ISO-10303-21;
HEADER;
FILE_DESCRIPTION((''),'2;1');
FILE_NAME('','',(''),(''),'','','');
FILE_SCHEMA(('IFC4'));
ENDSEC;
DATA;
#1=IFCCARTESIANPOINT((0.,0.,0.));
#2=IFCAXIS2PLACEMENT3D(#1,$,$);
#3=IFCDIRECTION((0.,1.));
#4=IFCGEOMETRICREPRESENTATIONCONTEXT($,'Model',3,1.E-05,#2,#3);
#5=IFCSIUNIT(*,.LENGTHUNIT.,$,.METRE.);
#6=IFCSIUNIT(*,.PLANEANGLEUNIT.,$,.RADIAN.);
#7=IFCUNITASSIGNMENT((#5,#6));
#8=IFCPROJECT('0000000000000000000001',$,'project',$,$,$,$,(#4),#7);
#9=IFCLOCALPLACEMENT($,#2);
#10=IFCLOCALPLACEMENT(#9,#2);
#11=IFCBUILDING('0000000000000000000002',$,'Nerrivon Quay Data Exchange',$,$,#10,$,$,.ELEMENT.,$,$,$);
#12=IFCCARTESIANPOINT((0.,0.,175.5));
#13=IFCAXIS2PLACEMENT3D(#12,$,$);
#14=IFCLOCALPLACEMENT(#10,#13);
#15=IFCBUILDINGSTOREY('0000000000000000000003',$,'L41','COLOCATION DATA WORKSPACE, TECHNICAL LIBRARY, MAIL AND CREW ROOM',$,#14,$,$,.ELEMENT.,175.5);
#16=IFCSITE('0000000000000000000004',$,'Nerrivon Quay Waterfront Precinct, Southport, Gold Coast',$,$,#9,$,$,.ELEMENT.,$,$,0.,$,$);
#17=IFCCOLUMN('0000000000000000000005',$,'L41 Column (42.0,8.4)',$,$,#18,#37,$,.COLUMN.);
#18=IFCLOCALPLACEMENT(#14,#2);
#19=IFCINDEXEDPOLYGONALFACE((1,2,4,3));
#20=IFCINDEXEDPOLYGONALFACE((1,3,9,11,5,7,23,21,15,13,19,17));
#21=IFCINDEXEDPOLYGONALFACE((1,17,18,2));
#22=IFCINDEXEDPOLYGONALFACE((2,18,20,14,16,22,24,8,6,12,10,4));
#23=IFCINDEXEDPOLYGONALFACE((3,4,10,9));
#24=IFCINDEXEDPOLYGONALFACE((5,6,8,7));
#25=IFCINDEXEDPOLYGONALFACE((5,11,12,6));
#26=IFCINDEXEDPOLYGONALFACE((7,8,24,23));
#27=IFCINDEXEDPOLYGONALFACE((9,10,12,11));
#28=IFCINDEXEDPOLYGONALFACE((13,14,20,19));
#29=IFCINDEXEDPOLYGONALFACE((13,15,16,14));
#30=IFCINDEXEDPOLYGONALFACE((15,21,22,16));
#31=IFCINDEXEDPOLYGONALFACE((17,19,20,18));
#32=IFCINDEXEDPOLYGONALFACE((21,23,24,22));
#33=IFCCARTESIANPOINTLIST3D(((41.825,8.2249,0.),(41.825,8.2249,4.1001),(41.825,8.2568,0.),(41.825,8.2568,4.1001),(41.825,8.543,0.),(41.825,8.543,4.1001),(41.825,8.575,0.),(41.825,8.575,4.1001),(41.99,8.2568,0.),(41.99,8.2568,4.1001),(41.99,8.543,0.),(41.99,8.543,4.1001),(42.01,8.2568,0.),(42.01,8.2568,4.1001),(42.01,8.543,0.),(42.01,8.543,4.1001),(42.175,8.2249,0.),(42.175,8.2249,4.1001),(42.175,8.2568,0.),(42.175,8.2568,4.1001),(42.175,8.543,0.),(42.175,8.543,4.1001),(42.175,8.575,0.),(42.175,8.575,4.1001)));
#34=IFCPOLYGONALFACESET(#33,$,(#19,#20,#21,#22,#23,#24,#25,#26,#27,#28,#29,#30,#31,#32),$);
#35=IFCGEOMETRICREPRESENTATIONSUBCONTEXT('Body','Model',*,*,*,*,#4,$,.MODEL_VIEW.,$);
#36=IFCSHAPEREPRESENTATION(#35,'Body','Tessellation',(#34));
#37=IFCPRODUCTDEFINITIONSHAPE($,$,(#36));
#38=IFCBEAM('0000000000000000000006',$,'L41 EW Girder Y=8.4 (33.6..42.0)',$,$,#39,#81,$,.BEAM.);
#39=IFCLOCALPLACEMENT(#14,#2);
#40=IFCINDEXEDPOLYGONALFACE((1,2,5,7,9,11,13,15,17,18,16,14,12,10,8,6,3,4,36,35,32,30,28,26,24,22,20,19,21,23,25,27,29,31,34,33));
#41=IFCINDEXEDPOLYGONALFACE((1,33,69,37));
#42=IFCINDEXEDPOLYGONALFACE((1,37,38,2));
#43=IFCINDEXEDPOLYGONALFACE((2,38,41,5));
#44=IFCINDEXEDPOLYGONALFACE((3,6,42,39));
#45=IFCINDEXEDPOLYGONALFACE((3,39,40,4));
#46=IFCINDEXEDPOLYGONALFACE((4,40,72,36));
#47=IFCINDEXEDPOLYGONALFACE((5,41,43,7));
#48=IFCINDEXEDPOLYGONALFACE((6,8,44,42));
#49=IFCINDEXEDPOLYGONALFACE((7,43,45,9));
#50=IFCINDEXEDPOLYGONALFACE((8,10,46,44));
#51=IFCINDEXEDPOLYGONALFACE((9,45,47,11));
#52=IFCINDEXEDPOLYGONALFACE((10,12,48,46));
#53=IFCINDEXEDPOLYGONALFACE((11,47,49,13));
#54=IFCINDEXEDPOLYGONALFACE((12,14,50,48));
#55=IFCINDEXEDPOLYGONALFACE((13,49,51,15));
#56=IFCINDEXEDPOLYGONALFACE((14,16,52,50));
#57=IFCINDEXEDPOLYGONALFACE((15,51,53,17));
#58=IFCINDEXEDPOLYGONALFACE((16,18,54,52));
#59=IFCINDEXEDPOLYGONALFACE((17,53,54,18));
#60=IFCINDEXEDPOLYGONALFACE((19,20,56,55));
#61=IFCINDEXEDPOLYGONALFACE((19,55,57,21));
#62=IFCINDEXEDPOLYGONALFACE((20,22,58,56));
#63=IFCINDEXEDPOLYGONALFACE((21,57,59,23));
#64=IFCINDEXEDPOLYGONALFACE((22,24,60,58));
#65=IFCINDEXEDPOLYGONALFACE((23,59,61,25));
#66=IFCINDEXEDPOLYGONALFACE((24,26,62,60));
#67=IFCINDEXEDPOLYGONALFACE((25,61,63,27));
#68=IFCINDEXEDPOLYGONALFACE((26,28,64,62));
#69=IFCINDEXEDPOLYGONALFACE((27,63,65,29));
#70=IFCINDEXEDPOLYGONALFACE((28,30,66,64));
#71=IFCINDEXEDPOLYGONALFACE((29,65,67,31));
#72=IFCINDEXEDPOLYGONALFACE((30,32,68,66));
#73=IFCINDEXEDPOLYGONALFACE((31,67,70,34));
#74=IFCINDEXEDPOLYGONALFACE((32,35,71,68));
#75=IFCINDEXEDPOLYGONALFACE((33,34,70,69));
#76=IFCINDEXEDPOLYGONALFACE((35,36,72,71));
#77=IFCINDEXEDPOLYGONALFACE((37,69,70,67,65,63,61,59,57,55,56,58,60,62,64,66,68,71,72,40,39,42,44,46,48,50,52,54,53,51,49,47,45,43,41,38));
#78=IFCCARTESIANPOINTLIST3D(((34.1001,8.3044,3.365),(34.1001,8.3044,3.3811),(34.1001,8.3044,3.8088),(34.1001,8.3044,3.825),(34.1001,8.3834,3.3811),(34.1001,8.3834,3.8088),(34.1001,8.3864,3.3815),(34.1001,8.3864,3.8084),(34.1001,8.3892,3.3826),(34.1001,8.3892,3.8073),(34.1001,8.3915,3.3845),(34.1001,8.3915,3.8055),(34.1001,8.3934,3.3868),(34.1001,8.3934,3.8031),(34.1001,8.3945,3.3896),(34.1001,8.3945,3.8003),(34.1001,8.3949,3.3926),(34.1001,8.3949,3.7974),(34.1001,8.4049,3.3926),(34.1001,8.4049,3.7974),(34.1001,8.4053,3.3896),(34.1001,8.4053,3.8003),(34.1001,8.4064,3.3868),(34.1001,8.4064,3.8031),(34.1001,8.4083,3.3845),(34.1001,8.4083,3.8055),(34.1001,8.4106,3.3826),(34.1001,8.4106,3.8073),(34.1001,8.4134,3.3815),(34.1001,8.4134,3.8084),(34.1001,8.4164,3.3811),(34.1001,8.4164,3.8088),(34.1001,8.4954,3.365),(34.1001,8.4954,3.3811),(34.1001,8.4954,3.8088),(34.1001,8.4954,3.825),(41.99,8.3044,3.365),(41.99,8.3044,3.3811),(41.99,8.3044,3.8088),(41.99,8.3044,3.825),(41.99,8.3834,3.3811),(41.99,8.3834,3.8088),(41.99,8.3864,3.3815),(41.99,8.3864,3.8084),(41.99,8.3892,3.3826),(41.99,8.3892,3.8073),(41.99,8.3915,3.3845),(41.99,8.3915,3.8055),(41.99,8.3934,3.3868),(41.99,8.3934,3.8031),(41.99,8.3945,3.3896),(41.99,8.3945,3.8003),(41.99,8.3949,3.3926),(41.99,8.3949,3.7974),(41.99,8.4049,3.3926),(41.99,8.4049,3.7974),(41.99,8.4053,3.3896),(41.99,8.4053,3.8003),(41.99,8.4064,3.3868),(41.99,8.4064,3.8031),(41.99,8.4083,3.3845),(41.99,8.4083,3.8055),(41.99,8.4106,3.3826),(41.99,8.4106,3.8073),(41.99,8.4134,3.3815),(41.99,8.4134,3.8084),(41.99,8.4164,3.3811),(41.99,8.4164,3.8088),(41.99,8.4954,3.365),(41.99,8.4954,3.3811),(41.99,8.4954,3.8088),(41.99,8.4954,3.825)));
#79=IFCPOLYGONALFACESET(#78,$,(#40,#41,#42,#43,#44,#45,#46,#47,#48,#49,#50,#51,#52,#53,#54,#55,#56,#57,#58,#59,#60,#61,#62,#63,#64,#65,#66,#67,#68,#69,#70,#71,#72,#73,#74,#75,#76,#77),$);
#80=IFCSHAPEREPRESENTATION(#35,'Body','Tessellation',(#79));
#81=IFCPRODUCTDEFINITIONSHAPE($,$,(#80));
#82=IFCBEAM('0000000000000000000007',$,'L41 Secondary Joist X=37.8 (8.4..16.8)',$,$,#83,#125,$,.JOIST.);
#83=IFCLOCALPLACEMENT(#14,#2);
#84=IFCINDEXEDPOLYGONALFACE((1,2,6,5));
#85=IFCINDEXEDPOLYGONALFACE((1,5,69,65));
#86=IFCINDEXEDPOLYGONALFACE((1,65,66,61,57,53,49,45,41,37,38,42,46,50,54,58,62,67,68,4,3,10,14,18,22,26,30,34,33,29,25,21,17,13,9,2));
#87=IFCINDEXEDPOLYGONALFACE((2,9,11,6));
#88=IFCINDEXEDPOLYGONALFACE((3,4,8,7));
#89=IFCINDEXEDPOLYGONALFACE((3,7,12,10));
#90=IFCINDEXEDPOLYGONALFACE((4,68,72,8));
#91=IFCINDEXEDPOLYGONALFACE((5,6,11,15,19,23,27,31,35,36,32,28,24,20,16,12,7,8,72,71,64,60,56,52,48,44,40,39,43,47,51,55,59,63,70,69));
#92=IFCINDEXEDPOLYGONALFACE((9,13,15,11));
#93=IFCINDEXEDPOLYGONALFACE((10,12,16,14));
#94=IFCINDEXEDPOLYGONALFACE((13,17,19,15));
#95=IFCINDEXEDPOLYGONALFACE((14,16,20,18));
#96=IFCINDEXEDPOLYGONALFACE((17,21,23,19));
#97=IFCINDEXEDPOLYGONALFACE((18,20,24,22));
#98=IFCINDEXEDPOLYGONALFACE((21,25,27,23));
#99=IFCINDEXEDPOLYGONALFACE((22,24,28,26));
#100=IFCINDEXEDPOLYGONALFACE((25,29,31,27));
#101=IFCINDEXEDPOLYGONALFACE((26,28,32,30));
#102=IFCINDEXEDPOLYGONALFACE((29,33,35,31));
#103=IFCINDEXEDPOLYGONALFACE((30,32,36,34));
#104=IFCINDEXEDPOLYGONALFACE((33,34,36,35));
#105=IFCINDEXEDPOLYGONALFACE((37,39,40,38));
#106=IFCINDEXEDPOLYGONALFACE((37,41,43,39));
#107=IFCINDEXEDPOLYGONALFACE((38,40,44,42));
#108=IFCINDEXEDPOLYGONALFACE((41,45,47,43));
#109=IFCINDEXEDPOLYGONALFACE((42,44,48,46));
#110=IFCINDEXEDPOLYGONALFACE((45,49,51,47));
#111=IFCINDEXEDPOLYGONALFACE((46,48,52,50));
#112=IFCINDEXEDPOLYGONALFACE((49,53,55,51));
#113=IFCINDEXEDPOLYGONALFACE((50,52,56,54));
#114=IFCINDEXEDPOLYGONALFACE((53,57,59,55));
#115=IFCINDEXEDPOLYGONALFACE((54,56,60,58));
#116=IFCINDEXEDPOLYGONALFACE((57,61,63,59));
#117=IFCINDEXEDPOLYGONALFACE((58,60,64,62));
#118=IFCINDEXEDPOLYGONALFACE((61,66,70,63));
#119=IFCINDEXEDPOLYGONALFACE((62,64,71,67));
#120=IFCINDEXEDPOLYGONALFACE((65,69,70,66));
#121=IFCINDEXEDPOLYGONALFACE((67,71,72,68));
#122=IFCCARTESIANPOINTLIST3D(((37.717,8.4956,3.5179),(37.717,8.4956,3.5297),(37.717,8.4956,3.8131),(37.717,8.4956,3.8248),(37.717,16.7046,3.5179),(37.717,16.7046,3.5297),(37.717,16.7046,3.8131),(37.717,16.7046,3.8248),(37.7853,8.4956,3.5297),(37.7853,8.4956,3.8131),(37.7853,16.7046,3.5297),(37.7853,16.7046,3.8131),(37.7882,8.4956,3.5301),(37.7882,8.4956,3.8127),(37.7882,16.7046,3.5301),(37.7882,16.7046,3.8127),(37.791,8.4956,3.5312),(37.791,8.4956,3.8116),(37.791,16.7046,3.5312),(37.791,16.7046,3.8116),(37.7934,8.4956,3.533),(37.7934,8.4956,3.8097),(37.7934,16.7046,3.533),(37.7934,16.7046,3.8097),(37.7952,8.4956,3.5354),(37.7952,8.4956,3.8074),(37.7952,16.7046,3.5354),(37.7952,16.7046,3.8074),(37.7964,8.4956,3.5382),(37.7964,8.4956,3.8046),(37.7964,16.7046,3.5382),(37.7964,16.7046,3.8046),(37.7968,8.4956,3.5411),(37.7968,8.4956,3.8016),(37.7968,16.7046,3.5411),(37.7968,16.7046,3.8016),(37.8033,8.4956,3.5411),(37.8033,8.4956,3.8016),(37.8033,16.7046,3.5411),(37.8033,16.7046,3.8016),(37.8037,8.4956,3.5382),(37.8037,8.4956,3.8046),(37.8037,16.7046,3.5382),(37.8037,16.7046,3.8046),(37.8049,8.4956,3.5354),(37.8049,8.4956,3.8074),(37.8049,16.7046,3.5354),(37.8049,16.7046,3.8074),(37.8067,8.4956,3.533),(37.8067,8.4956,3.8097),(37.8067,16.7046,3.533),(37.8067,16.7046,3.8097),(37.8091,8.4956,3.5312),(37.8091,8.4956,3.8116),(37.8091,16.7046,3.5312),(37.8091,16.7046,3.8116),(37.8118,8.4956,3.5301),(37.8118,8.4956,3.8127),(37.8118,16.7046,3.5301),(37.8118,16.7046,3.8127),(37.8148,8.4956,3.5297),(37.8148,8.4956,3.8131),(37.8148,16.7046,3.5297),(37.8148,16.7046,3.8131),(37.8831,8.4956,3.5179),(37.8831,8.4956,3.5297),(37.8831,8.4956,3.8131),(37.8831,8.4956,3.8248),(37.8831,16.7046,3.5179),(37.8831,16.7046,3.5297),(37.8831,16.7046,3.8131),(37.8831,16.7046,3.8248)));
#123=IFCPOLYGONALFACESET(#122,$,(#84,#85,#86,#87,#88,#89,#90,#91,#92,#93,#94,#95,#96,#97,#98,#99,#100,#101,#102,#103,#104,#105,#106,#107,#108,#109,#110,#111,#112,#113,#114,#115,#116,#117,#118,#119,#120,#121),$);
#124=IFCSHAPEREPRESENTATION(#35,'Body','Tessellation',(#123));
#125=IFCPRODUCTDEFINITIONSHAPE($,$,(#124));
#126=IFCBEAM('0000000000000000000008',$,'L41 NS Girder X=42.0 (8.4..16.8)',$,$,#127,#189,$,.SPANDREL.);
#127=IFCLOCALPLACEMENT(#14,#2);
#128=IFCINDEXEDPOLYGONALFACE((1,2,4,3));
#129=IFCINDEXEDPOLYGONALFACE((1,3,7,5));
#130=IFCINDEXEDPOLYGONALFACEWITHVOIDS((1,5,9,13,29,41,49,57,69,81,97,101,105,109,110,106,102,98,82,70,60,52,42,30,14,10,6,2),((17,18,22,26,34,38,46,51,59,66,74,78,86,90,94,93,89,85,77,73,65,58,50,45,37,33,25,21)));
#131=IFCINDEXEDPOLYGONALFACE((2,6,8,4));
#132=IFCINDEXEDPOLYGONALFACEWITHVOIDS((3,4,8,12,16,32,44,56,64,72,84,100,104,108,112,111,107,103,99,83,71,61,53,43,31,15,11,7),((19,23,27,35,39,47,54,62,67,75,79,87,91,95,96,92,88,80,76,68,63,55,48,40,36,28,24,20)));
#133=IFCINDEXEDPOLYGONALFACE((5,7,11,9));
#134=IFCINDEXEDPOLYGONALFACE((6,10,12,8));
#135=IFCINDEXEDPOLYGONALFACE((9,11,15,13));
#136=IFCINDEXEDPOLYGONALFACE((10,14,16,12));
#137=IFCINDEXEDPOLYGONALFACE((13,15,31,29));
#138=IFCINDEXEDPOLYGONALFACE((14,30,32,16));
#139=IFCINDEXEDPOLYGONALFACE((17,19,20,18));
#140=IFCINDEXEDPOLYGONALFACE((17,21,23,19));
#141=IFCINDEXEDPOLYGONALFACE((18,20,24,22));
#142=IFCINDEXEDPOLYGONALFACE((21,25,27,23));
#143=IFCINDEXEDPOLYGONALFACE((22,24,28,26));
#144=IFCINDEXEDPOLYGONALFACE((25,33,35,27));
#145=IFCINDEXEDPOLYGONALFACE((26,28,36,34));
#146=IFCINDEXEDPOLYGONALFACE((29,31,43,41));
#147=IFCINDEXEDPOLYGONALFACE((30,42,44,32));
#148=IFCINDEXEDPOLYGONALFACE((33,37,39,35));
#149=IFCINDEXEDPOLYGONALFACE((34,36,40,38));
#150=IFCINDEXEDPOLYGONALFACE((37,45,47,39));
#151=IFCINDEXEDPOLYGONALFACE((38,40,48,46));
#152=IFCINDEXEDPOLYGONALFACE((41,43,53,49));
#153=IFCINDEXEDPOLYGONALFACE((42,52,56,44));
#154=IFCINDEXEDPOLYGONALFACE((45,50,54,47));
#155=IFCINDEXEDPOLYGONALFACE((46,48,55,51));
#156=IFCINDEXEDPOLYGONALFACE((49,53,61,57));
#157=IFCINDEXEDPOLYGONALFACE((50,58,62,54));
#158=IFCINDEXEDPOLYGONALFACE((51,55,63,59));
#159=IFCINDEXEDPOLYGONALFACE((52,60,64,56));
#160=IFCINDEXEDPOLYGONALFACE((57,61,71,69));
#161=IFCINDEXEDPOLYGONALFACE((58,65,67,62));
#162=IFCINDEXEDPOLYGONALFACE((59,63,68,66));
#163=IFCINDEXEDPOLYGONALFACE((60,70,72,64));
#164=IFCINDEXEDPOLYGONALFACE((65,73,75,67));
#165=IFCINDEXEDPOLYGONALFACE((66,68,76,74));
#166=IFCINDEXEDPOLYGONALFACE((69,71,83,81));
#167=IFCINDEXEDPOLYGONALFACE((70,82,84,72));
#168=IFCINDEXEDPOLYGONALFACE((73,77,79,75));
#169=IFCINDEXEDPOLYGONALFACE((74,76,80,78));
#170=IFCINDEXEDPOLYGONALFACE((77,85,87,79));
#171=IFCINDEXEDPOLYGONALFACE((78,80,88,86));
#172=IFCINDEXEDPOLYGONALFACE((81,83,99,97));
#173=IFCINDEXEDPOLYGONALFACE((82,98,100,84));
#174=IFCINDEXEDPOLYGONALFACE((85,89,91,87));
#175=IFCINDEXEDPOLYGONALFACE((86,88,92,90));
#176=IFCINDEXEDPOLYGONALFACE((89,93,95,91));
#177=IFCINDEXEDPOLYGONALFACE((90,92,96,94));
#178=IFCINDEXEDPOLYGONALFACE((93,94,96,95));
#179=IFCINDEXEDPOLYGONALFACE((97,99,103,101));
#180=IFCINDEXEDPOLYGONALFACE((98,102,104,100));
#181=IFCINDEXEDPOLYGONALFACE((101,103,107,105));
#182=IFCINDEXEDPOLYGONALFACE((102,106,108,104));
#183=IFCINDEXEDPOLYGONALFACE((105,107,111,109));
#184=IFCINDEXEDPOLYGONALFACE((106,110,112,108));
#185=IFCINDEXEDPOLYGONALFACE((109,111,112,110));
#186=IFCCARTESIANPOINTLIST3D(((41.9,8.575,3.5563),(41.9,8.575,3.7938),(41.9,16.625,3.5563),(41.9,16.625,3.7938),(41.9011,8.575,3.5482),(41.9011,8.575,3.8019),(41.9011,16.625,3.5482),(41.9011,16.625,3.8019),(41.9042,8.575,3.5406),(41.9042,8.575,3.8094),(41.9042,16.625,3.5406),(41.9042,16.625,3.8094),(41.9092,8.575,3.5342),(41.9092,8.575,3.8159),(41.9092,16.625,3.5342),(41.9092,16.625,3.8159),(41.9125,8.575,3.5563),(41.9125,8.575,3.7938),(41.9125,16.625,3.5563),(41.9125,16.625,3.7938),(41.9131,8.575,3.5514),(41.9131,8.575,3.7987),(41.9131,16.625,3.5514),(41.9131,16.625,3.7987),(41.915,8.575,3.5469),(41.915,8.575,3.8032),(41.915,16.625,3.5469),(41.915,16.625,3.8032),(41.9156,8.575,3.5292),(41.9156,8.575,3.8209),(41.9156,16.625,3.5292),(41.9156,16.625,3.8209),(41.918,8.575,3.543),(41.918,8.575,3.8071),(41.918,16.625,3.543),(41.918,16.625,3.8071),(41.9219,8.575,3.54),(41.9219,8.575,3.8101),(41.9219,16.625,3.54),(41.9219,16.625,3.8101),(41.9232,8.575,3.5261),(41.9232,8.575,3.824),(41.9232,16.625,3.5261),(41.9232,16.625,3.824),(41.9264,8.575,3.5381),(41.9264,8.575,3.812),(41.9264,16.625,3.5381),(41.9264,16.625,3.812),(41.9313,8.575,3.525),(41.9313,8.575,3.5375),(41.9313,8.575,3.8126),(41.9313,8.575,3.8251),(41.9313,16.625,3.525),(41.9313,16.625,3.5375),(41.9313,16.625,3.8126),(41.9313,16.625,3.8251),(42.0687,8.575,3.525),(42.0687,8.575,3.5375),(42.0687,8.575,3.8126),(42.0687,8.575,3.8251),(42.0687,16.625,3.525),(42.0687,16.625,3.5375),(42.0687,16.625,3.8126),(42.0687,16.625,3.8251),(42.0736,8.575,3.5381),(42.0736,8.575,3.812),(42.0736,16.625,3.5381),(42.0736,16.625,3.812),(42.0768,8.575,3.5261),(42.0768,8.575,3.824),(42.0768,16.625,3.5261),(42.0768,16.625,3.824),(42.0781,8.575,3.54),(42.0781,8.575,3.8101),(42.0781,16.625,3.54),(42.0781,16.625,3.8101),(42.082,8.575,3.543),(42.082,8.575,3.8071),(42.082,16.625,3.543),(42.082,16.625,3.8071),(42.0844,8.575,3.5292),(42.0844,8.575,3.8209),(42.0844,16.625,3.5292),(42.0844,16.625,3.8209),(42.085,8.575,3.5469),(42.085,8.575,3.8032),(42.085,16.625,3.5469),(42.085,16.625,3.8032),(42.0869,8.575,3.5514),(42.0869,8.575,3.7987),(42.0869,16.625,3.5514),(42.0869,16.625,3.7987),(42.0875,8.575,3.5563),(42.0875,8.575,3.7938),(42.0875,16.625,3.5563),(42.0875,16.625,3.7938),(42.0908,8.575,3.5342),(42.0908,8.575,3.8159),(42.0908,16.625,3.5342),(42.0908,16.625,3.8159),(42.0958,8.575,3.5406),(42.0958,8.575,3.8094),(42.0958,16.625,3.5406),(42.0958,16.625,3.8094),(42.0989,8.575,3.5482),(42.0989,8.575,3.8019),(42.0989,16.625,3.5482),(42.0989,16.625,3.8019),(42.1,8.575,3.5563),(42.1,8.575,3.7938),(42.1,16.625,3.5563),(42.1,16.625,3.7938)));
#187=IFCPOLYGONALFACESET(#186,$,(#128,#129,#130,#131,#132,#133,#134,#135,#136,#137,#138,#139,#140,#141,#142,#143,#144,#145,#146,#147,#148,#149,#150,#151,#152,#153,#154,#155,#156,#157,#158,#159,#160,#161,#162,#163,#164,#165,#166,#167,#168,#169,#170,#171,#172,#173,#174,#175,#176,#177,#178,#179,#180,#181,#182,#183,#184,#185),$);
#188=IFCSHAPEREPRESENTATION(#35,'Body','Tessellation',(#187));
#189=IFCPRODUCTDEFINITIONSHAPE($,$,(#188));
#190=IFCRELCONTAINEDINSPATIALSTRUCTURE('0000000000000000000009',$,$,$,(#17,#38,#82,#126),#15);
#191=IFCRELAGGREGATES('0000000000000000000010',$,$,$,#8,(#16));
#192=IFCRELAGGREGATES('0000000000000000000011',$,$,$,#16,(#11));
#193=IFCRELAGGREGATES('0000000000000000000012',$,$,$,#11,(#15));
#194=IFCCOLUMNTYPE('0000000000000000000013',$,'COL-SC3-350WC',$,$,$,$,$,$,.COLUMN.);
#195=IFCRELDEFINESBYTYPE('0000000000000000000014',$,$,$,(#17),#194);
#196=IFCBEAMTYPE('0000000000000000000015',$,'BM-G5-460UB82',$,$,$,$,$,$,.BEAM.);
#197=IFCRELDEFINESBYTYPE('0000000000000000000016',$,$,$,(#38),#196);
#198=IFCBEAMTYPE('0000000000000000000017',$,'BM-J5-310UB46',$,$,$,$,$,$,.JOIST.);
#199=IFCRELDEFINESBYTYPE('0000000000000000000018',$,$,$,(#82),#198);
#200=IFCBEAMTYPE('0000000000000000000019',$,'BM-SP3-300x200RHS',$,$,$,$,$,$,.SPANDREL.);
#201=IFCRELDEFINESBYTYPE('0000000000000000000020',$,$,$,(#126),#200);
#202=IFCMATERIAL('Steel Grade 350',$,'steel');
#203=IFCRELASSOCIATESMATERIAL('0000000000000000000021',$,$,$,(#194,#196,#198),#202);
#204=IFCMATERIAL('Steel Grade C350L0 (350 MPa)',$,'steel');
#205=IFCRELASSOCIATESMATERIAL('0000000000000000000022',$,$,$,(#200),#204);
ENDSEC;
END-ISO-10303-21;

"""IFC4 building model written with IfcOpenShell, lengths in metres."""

from ifc_helpers import new_model, si_unit, direction, frame, origin, origin_2d, place, context, subcontext, project, spatial, hollow_rectangle, i_section, extrude, material, material_profile, profile_set, type_object, element, save


model = new_model("IFC4")

# Units and contexts
model_context = context("Model", 3, precision=1e-05, world=origin(), true_north=direction((0.0, 1.0)))
body_context = subcontext(model_context, "Body", "Model", "MODEL_VIEW")
ifc_project = project(units=[si_unit("LENGTHUNIT", "METRE"), si_unit("PLANEANGLEUNIT", "RADIAN")], contexts=[model_context])

# Site, building, storey
site_placement = place(None, origin())
site = spatial("IfcSite", under=ifc_project, at=site_placement, Name="Nerrivon Quay Waterfront Precinct, Southport, Gold Coast", CompositionType="ELEMENT", RefElevation=0.0)
building_placement = place(site_placement, origin())
building = spatial("IfcBuilding", under=site, at=building_placement, Name="Nerrivon Quay Data Exchange", CompositionType="ELEMENT")
storey_placement = place(building_placement, frame((0.0, 0.0, 175.5)))
storey = spatial("IfcBuildingStorey", under=building, at=storey_placement, Name="L41", Description="COLOCATION DATA WORKSPACE, TECHNICAL LIBRARY, MAIL AND CREW ROOM", CompositionType="ELEMENT", Elevation=175.5)

# Column
ifc_material_1 = material(Name="Steel Grade 350", Category="steel")
ifc_material_profile_1 = material_profile(ifc_material_1, i_section(OverallWidth=0.3501, OverallDepth=0.3501, WebThickness=0.02, FlangeThickness=0.032, at=origin_2d()), Name="350WC230")
ifc_profile_set_1 = profile_set([ifc_material_profile_1], Name="Steel Grade 350")
column_type = type_object("IfcColumnType", Name="COL-SC3-350WC", PredefinedType="COLUMN", material=ifc_profile_set_1)
column_placement = place(storey_placement, frame((42.0, 8.3999, 0.0), z_axis=(0.0, 0.0, 1.0), x_axis=(1.0, 0.0, 0.0)))
element("IfcColumn", 1, at=column_placement, inside=storey, type_object=column_type, Name="L41 Column (42.0,8.4)", PredefinedType="COLUMN", context=body_context, shape_type="SweptSolid", body=[
    extrude(i_section(OverallWidth=0.3501, OverallDepth=0.3501, WebThickness=0.02, FlangeThickness=0.032, at=origin_2d()), origin(), (0.0, 0.0, 1.0), 4.1001),
])

# Beams
ifc_material_profile_2 = material_profile(ifc_material_1, i_section(OverallWidth=0.1909, OverallDepth=0.46, WebThickness=0.01, FlangeThickness=0.0161, FilletRadius=0.0115, at=origin_2d()), Name="460UB82.1")
ifc_profile_set_2 = profile_set([ifc_material_profile_2], Name="Steel Grade 350")
beam_type_1 = type_object("IfcBeamType", Name="BM-G5-460UB82", PredefinedType="BEAM", material=ifc_profile_set_2)
beam_1_placement = place(storey_placement, frame((34.1001, 8.3999, 3.595), z_axis=(1.0, 0.0, 0.0), x_axis=(0.0, 1.0, 0.0)))
element("IfcBeam", 2, at=beam_1_placement, inside=storey, type_object=beam_type_1, Name="L41 EW Girder Y=8.4 (33.6..42.0)", PredefinedType="BEAM", context=body_context, shape_type="SweptSolid", body=[
    extrude(i_section(OverallWidth=0.1909, OverallDepth=0.46, WebThickness=0.01, FlangeThickness=0.0161, FilletRadius=0.0115, at=origin_2d()), origin(), (0.0, 0.0, 1.0), 7.8899),
])
ifc_material_profile_3 = material_profile(ifc_material_1, i_section(OverallWidth=0.166, OverallDepth=0.3069, WebThickness=0.0066, FlangeThickness=0.0117, FilletRadius=0.0115, at=origin_2d()), Name="310UB46.2")
ifc_profile_set_3 = profile_set([ifc_material_profile_3], Name="Steel Grade 350")
beam_type_2 = type_object("IfcBeamType", Name="BM-J5-310UB46", PredefinedType="JOIST", material=ifc_profile_set_3)
beam_2_placement = place(storey_placement, frame((37.8, 8.4956, 3.6714), z_axis=(0.0, 1.0, 0.0), x_axis=(-1.0, 0.0, 0.0)))
element("IfcBeam", 3, at=beam_2_placement, inside=storey, type_object=beam_type_2, Name="L41 Secondary Joist X=37.8 (8.4..16.8)", PredefinedType="JOIST", context=body_context, shape_type="SweptSolid", body=[
    extrude(i_section(OverallWidth=0.166, OverallDepth=0.3069, WebThickness=0.0066, FlangeThickness=0.0117, FilletRadius=0.0115, at=origin_2d()), origin(), (0.0, 0.0, 1.0), 8.209),
])
ifc_material_2 = material(Name="Steel Grade C350L0 (350 MPa)", Category="steel")
ifc_material_profile_4 = material_profile(ifc_material_2, hollow_rectangle(XDim=0.2, YDim=0.3, WallThickness=0.0125, InnerFilletRadius=0.0188, OuterFilletRadius=0.0312, at=origin_2d()), Name="300x200x12.5RHS")
ifc_profile_set_4 = profile_set([ifc_material_profile_4], Name="Steel Grade C350L0 (350 MPa)")
beam_type_3 = type_object("IfcBeamType", Name="BM-SP3-300x200RHS", PredefinedType="SPANDREL", material=ifc_profile_set_4)
beam_3_placement = place(storey_placement, frame((42.0, 8.575, 3.675), z_axis=(0.0, 1.0, 0.0), x_axis=(-1.0, 0.0, 0.0)))
element("IfcBeam", 4, at=beam_3_placement, inside=storey, type_object=beam_type_3, Name="L41 NS Girder X=42.0 (8.4..16.8)", PredefinedType="SPANDREL", context=body_context, shape_type="SweptSolid", body=[
    extrude(hollow_rectangle(XDim=0.2, YDim=0.3, WallThickness=0.0125, InnerFilletRadius=0.0188, OuterFilletRadius=0.0312, at=origin_2d()), origin(), (0.0, 0.0, 1.0), 8.05),
])

save(model, "model.ifc")
